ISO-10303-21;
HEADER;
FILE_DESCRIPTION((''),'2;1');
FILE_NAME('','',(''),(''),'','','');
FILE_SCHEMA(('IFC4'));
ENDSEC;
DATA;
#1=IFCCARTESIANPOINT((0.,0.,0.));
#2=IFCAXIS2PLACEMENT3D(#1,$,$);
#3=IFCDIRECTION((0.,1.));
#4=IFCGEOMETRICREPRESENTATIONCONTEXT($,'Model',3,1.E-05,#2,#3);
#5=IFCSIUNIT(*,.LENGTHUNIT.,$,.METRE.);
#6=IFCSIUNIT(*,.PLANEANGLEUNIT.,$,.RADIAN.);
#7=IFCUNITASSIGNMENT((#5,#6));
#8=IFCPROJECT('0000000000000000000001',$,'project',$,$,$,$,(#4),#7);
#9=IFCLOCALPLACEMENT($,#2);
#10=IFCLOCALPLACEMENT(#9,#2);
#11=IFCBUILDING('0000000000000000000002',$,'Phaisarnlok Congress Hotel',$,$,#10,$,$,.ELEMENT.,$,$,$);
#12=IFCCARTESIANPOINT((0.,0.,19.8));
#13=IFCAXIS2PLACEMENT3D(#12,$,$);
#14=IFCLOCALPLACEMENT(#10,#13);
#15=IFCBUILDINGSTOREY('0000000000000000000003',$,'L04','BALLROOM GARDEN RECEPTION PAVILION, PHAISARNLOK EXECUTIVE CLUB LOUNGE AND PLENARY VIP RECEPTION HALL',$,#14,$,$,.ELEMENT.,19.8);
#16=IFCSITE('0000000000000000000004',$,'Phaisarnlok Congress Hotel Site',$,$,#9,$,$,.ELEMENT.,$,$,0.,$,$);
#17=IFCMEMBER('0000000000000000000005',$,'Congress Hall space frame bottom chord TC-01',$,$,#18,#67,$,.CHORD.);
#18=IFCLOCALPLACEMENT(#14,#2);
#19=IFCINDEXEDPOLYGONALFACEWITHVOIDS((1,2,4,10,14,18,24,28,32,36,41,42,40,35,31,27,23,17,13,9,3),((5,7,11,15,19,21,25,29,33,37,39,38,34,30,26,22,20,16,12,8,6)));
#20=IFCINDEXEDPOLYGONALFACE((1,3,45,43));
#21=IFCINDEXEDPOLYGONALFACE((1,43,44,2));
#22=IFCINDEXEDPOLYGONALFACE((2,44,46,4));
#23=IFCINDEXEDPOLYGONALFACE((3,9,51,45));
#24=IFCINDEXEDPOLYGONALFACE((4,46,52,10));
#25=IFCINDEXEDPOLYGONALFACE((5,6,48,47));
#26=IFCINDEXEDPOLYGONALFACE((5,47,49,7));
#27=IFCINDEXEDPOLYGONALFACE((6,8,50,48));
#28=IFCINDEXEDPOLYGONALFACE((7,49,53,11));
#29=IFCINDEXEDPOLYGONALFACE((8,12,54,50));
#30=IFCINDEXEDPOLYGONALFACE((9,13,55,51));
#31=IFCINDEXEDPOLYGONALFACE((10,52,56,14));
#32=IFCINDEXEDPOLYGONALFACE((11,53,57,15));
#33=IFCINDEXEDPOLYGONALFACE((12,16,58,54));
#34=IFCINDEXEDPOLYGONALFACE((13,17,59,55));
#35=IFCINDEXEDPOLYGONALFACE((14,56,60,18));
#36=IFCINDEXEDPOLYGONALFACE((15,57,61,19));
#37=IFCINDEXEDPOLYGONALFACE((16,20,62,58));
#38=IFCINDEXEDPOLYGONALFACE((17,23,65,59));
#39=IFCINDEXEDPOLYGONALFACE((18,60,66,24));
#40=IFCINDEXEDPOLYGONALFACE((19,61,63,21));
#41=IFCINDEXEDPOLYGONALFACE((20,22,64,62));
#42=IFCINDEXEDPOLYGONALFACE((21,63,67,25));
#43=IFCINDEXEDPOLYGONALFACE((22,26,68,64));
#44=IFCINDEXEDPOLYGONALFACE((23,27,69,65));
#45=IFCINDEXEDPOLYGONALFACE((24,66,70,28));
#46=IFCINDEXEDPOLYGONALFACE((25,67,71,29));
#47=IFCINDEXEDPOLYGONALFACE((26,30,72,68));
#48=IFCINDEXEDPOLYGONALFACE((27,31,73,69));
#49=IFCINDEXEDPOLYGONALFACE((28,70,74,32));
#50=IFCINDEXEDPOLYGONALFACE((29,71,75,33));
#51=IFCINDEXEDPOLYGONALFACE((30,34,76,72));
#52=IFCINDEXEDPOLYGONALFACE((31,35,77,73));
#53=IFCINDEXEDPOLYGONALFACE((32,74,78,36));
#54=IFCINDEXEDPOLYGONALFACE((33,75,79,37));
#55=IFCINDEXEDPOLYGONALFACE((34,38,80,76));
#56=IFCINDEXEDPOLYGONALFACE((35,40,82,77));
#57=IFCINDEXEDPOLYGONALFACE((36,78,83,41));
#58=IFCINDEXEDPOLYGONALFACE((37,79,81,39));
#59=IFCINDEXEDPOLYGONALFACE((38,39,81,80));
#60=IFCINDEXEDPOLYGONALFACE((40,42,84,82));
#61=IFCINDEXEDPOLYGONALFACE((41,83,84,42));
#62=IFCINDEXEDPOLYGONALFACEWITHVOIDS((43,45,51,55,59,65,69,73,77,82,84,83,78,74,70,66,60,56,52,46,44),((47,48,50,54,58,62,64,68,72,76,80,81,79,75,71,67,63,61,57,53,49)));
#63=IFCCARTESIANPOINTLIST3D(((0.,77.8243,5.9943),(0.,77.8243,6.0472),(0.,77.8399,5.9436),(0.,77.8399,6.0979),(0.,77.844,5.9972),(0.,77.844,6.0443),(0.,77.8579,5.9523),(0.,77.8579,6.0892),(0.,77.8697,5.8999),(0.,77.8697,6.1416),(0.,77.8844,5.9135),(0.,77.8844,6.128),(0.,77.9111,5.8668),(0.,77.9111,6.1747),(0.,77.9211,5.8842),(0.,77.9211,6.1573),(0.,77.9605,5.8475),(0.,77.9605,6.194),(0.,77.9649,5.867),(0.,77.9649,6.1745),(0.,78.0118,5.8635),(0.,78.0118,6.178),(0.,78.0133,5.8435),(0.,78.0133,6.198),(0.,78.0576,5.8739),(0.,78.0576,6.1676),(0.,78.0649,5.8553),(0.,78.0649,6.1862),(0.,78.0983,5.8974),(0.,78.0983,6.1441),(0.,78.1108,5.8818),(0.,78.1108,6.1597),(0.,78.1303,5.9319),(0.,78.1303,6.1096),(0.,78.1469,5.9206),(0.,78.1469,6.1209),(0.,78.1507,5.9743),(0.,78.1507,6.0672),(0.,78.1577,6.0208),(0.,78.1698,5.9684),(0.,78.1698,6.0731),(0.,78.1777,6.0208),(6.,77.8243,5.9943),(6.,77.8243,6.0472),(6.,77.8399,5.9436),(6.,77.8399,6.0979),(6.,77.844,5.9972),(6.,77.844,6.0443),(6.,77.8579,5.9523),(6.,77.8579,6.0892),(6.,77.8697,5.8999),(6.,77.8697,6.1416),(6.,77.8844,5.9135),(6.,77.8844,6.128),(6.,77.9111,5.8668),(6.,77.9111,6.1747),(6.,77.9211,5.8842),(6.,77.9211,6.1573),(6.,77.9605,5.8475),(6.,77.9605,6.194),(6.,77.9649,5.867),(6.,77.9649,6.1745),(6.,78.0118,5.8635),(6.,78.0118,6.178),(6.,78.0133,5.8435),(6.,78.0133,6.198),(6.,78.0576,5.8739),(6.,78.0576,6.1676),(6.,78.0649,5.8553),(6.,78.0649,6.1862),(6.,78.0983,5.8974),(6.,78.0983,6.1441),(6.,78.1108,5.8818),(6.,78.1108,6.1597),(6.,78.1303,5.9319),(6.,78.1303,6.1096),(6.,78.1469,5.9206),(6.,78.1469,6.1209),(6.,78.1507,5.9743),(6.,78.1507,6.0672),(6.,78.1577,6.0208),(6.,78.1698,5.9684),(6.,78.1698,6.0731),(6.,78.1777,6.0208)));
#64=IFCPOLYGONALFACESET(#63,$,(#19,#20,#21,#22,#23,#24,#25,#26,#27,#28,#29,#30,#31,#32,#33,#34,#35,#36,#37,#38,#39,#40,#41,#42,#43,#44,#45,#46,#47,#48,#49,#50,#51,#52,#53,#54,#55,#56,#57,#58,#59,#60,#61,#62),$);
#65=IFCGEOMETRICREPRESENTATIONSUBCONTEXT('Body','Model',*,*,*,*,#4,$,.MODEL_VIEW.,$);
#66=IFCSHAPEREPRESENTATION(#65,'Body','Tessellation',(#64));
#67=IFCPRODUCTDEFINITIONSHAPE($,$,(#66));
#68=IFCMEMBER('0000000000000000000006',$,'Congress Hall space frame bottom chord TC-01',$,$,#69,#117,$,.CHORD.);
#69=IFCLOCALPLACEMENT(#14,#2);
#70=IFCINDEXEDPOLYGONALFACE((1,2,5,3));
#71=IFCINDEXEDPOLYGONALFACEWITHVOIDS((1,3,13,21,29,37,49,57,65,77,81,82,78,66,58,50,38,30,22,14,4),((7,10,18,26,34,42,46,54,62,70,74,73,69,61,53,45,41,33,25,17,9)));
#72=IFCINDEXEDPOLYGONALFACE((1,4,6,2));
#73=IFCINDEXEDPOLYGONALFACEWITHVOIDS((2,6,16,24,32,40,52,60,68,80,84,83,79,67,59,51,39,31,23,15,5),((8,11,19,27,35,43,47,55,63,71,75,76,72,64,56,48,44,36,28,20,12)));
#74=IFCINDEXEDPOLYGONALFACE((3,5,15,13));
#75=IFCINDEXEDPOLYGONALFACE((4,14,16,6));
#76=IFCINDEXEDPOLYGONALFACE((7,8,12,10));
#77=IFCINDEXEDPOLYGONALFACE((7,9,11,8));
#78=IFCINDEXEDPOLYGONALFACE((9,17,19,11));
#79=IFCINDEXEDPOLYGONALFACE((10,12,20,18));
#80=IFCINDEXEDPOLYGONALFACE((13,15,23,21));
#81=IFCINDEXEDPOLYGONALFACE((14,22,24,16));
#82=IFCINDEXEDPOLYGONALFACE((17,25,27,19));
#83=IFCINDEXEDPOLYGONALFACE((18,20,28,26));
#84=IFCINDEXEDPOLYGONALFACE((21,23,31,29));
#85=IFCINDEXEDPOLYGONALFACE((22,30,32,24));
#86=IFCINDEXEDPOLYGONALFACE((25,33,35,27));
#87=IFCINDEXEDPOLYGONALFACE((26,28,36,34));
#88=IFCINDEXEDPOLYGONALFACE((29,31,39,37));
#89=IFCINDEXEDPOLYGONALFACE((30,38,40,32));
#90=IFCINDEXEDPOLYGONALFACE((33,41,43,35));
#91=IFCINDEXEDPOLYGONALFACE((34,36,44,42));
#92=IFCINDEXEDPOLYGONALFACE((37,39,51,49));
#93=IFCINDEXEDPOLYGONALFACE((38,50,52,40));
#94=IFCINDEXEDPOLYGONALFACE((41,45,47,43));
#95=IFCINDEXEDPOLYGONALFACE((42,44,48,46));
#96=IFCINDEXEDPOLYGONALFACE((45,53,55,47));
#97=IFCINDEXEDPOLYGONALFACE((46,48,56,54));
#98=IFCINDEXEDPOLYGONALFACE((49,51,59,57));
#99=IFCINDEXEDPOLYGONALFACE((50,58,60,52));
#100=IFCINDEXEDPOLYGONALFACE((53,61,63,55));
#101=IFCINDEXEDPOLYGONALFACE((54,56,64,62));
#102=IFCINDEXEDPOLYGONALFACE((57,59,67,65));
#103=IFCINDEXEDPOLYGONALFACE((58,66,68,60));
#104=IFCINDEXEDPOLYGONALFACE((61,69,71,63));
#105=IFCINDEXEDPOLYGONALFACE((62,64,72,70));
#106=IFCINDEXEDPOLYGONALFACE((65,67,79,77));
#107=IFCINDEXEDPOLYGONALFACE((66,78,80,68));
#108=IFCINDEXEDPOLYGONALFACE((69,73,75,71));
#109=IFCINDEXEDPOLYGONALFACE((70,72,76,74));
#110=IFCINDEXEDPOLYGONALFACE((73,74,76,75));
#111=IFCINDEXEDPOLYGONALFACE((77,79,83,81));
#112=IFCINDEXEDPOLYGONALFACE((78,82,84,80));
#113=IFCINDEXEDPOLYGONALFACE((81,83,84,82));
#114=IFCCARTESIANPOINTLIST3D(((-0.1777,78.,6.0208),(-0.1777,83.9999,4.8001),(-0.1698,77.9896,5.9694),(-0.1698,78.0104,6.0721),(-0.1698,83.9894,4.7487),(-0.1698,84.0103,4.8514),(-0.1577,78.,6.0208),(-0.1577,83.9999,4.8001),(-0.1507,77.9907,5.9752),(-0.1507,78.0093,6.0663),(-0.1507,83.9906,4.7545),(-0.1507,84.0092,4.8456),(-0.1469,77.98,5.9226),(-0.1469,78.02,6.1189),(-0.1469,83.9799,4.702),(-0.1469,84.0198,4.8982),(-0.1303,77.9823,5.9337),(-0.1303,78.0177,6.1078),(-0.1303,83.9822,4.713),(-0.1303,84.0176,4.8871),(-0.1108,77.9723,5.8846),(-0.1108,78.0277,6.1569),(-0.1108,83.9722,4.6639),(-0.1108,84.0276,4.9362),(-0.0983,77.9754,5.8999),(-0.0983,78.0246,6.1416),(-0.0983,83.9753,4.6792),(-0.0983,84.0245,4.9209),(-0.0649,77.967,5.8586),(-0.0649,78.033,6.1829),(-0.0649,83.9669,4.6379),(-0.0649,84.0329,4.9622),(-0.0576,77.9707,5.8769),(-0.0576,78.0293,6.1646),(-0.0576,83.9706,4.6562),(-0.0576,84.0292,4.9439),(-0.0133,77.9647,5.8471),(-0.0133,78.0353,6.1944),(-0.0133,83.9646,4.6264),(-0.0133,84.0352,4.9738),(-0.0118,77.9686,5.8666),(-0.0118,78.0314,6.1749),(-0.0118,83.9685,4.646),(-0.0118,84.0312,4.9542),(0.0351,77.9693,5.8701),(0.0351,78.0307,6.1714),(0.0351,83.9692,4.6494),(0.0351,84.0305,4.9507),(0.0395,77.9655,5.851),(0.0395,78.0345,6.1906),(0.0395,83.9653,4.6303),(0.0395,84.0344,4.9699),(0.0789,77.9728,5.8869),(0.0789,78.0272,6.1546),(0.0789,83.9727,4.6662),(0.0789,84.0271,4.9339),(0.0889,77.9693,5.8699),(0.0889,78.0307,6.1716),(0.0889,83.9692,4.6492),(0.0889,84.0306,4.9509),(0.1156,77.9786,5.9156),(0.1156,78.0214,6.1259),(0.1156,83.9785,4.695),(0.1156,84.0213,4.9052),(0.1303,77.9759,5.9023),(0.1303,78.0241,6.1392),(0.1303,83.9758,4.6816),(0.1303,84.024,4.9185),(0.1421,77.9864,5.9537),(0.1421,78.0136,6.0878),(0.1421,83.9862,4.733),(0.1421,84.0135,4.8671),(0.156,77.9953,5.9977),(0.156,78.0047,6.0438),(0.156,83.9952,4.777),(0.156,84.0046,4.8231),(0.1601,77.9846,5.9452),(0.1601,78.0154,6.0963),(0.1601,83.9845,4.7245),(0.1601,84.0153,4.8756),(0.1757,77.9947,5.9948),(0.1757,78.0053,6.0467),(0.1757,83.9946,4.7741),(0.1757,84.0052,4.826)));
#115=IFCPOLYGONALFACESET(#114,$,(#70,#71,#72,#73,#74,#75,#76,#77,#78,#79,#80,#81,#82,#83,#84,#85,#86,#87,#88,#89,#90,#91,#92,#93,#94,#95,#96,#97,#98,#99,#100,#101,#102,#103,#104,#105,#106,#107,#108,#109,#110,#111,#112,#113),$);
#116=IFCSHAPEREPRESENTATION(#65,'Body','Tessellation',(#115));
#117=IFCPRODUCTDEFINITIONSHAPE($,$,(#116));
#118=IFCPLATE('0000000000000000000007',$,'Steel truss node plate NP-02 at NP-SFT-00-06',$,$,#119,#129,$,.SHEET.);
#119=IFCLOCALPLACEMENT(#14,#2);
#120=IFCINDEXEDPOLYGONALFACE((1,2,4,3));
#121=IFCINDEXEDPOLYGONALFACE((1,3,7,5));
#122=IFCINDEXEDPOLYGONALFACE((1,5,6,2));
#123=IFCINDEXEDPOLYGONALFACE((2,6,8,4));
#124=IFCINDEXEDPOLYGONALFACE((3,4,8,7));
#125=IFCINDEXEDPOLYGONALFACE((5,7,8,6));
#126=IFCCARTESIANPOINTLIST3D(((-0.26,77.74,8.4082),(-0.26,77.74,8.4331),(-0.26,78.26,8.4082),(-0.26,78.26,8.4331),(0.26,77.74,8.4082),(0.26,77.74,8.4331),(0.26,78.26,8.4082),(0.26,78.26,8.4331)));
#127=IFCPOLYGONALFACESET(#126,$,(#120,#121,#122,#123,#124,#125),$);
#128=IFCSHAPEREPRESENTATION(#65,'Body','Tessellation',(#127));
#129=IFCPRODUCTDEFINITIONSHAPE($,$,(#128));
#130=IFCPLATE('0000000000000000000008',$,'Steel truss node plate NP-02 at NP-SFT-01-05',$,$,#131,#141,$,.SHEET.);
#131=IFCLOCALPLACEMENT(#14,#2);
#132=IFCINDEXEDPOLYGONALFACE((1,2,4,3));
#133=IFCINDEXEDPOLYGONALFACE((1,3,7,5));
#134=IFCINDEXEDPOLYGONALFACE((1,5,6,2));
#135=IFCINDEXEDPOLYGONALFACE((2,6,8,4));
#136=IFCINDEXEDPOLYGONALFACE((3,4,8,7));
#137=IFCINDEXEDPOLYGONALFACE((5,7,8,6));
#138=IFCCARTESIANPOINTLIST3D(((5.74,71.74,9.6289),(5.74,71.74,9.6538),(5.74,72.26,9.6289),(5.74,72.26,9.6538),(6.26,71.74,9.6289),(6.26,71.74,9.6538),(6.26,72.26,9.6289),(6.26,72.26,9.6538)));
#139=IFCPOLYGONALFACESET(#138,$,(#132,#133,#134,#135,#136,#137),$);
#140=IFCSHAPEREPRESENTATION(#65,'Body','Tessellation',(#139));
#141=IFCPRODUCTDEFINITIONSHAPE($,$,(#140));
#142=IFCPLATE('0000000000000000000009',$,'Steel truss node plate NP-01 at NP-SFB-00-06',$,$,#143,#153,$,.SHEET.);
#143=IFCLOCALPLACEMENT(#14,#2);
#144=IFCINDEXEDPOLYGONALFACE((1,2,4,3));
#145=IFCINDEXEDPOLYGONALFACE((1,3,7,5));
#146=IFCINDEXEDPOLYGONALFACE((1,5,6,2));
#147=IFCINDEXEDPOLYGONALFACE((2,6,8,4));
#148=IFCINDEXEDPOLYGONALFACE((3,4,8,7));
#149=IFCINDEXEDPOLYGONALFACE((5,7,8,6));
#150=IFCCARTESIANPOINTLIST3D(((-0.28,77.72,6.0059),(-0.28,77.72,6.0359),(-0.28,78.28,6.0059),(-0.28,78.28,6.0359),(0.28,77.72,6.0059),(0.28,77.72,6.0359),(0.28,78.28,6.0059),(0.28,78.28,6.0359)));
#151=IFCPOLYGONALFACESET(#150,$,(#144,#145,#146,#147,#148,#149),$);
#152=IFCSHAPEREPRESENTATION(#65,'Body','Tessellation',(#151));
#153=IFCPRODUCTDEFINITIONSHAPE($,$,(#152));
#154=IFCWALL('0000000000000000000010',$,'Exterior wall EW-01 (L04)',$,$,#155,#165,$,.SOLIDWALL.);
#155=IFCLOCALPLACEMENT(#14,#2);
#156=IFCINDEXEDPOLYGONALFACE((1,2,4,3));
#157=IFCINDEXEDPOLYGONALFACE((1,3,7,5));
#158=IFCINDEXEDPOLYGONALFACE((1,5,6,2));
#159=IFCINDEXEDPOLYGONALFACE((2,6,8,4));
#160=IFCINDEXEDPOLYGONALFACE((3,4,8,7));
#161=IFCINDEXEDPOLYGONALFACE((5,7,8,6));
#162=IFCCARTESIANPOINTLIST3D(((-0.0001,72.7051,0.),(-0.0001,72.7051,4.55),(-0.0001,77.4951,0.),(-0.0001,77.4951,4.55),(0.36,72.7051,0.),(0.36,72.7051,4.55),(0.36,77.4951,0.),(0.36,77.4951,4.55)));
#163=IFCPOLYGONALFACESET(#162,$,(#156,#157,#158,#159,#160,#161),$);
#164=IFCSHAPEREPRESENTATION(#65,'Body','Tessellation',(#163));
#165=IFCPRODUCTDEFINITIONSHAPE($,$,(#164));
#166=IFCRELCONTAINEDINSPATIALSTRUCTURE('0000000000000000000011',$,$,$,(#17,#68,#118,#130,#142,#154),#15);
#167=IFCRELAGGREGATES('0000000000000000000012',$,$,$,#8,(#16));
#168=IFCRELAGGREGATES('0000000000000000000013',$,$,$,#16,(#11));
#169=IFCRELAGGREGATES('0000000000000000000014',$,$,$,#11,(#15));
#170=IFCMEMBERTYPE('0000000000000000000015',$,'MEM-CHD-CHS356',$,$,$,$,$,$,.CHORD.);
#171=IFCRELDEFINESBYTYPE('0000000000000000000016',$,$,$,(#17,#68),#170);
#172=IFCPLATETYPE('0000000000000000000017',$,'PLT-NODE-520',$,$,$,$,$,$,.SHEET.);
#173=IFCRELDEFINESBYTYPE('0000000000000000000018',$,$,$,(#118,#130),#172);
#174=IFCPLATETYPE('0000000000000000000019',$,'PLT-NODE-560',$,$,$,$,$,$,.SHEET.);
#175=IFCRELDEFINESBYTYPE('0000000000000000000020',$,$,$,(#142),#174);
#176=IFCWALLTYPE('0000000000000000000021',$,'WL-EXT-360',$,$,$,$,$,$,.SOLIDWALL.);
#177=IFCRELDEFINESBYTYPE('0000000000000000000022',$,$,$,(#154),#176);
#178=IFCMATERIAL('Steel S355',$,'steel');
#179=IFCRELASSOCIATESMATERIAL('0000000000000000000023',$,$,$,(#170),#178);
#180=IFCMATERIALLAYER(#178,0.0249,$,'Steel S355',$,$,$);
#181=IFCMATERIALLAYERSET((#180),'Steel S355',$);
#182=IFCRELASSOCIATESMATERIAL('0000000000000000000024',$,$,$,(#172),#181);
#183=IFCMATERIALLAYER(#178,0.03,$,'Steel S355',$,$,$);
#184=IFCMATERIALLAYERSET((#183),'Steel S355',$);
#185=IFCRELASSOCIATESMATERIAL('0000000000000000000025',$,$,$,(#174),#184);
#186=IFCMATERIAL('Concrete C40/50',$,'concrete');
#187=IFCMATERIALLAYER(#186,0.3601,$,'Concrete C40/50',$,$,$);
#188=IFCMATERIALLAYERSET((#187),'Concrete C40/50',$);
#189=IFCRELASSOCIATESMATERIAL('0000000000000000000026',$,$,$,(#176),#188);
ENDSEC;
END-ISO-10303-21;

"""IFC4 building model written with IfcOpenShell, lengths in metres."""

from ifc_helpers import new_model, si_unit, direction, frame, frame_2d, origin, origin_2d, place, context, subcontext, project, spatial, rectangle, hollow_circle, extrude, material, layer, layer_set, material_profile, profile_set, type_object, element, save


model = new_model("IFC4")

# Units and contexts
model_context = context("Model", 3, precision=1e-05, world=origin(), true_north=direction((0.0, 1.0)))
body_context = subcontext(model_context, "Body", "Model", "MODEL_VIEW")
ifc_project = project(units=[si_unit("LENGTHUNIT", "METRE"), si_unit("PLANEANGLEUNIT", "RADIAN")], contexts=[model_context])

# Site, building, storey
site_placement = place(None, origin())
site = spatial("IfcSite", under=ifc_project, at=site_placement, Name="Phaisarnlok Congress Hotel Site", CompositionType="ELEMENT", RefElevation=0.0)
building_placement = place(site_placement, origin())
building = spatial("IfcBuilding", under=site, at=building_placement, Name="Phaisarnlok Congress Hotel", CompositionType="ELEMENT")
storey_placement = place(building_placement, frame((0.0, 0.0, 19.8)))
storey = spatial("IfcBuildingStorey", under=building, at=storey_placement, Name="L04", Description="BALLROOM GARDEN RECEPTION PAVILION, PHAISARNLOK EXECUTIVE CLUB LOUNGE AND PLENARY VIP RECEPTION HALL", CompositionType="ELEMENT", Elevation=19.8)

# Shared definitions
ifc_material_1 = material(Name="Steel S355", Category="steel")

# Members
ifc_material_profile_1 = material_profile(ifc_material_1, hollow_circle(Radius=0.1777, WallThickness=0.02, at=origin_2d()), Name="CHS 355.6x20")
ifc_profile_set_1 = profile_set([ifc_material_profile_1], Name="Steel S355")
member_type_1 = type_object("IfcMemberType", Name="MEM-CHD-CHS356", PredefinedType="CHORD", material=ifc_profile_set_1)
member_1_placement = place(storey_placement, frame((0.0, 78.0, 6.0208), z_axis=(1.0, 0.0, 0.0), x_axis=(0.0, 1.0, 0.0)))
element("IfcMember", 1, at=member_1_placement, inside=storey, type_object=member_type_1, Name="Congress Hall space frame bottom chord TC-01", PredefinedType="CHORD", context=body_context, shape_type="SweptSolid", body=[
    extrude(hollow_circle(Radius=0.1777, WallThickness=0.02, at=origin_2d()), origin(), (0.0, 0.0, 1.0), 6.0),
])
member_2_placement = place(storey_placement, frame((0.0, 78.0, 6.0208), z_axis=(0.0, 0.979925, -0.199366), x_axis=(-1.0, 0.0, 0.0)))
element("IfcMember", 2, at=member_2_placement, inside=storey, type_object=member_type_1, Name="Congress Hall space frame bottom chord TC-01", PredefinedType="CHORD", context=body_context, shape_type="SweptSolid", body=[
    extrude(hollow_circle(Radius=0.1777, WallThickness=0.02, at=origin_2d()), origin(), (0.0, 0.0, 1.0), 6.1228),
])

# Plates
ifc_layer_1 = layer(ifc_material_1, 0.0249, Name="Steel S355")
ifc_layer_set_1 = layer_set([ifc_layer_1], Name="Steel S355")
plate_type_1 = type_object("IfcPlateType", Name="PLT-NODE-520", PredefinedType="SHEET", material=ifc_layer_set_1)
for number, where, z_axis, x_axis, name in (
    (3, (0.0, 78.0, 8.4082), (0.0, 0.0, 1.0), (1.0, 0.0, 0.0), "Steel truss node plate NP-02 at NP-SFT-00-06"),
    (4, (6.0, 72.0, 9.6289), (0.0, 0.0, 1.0), (1.0, 0.0, 0.0), "Steel truss node plate NP-02 at NP-SFT-01-05"),
):
    element("IfcPlate", number, at=place(storey_placement, frame(where, z_axis=z_axis, x_axis=x_axis)), inside=storey, type_object=plate_type_1, Name=name, PredefinedType="SHEET", context=body_context, shape_type="SweptSolid", body=[
        extrude(rectangle(XDim=0.52, YDim=0.52, at=origin_2d()), origin(), (0.0, 0.0, 1.0), 0.0249),
    ])
ifc_layer_2 = layer(ifc_material_1, 0.03, Name="Steel S355")
ifc_layer_set_2 = layer_set([ifc_layer_2], Name="Steel S355")
plate_type_2 = type_object("IfcPlateType", Name="PLT-NODE-560", PredefinedType="SHEET", material=ifc_layer_set_2)
plate_placement = place(storey_placement, frame((0.0, 78.0, 6.0059), z_axis=(0.0, 0.0, 1.0), x_axis=(1.0, 0.0, 0.0)))
element("IfcPlate", 5, at=plate_placement, inside=storey, type_object=plate_type_2, Name="Steel truss node plate NP-01 at NP-SFB-00-06", PredefinedType="SHEET", context=body_context, shape_type="SweptSolid", body=[
    extrude(rectangle(XDim=0.5601, YDim=0.5601, at=origin_2d()), origin(), (0.0, 0.0, 1.0), 0.03),
])

# Wall
ifc_material_2 = material(Name="Concrete C40/50", Category="concrete")
ifc_layer_3 = layer(ifc_material_2, 0.3601, Name="Concrete C40/50")
ifc_layer_set_3 = layer_set([ifc_layer_3], Name="Concrete C40/50")
wall_type = type_object("IfcWallType", Name="WL-EXT-360", PredefinedType="SOLIDWALL", material=ifc_layer_set_3)
wall_placement = place(storey_placement, frame((0.1799, 77.4951, 0.0), z_axis=(0.0, 0.0, 1.0), x_axis=(0.0, -1.0, 0.0)))
element("IfcWall", 6, at=wall_placement, inside=storey, type_object=wall_type, Name="Exterior wall EW-01 (L04)", PredefinedType="SOLIDWALL", context=body_context, shape_type="SweptSolid", body=[
    extrude(rectangle(XDim=4.79, YDim=0.3601, at=frame_2d((2.395, 0.0))), origin(), (0.0, 0.0, 1.0), 4.55),
])

save(model, "model.ifc")
